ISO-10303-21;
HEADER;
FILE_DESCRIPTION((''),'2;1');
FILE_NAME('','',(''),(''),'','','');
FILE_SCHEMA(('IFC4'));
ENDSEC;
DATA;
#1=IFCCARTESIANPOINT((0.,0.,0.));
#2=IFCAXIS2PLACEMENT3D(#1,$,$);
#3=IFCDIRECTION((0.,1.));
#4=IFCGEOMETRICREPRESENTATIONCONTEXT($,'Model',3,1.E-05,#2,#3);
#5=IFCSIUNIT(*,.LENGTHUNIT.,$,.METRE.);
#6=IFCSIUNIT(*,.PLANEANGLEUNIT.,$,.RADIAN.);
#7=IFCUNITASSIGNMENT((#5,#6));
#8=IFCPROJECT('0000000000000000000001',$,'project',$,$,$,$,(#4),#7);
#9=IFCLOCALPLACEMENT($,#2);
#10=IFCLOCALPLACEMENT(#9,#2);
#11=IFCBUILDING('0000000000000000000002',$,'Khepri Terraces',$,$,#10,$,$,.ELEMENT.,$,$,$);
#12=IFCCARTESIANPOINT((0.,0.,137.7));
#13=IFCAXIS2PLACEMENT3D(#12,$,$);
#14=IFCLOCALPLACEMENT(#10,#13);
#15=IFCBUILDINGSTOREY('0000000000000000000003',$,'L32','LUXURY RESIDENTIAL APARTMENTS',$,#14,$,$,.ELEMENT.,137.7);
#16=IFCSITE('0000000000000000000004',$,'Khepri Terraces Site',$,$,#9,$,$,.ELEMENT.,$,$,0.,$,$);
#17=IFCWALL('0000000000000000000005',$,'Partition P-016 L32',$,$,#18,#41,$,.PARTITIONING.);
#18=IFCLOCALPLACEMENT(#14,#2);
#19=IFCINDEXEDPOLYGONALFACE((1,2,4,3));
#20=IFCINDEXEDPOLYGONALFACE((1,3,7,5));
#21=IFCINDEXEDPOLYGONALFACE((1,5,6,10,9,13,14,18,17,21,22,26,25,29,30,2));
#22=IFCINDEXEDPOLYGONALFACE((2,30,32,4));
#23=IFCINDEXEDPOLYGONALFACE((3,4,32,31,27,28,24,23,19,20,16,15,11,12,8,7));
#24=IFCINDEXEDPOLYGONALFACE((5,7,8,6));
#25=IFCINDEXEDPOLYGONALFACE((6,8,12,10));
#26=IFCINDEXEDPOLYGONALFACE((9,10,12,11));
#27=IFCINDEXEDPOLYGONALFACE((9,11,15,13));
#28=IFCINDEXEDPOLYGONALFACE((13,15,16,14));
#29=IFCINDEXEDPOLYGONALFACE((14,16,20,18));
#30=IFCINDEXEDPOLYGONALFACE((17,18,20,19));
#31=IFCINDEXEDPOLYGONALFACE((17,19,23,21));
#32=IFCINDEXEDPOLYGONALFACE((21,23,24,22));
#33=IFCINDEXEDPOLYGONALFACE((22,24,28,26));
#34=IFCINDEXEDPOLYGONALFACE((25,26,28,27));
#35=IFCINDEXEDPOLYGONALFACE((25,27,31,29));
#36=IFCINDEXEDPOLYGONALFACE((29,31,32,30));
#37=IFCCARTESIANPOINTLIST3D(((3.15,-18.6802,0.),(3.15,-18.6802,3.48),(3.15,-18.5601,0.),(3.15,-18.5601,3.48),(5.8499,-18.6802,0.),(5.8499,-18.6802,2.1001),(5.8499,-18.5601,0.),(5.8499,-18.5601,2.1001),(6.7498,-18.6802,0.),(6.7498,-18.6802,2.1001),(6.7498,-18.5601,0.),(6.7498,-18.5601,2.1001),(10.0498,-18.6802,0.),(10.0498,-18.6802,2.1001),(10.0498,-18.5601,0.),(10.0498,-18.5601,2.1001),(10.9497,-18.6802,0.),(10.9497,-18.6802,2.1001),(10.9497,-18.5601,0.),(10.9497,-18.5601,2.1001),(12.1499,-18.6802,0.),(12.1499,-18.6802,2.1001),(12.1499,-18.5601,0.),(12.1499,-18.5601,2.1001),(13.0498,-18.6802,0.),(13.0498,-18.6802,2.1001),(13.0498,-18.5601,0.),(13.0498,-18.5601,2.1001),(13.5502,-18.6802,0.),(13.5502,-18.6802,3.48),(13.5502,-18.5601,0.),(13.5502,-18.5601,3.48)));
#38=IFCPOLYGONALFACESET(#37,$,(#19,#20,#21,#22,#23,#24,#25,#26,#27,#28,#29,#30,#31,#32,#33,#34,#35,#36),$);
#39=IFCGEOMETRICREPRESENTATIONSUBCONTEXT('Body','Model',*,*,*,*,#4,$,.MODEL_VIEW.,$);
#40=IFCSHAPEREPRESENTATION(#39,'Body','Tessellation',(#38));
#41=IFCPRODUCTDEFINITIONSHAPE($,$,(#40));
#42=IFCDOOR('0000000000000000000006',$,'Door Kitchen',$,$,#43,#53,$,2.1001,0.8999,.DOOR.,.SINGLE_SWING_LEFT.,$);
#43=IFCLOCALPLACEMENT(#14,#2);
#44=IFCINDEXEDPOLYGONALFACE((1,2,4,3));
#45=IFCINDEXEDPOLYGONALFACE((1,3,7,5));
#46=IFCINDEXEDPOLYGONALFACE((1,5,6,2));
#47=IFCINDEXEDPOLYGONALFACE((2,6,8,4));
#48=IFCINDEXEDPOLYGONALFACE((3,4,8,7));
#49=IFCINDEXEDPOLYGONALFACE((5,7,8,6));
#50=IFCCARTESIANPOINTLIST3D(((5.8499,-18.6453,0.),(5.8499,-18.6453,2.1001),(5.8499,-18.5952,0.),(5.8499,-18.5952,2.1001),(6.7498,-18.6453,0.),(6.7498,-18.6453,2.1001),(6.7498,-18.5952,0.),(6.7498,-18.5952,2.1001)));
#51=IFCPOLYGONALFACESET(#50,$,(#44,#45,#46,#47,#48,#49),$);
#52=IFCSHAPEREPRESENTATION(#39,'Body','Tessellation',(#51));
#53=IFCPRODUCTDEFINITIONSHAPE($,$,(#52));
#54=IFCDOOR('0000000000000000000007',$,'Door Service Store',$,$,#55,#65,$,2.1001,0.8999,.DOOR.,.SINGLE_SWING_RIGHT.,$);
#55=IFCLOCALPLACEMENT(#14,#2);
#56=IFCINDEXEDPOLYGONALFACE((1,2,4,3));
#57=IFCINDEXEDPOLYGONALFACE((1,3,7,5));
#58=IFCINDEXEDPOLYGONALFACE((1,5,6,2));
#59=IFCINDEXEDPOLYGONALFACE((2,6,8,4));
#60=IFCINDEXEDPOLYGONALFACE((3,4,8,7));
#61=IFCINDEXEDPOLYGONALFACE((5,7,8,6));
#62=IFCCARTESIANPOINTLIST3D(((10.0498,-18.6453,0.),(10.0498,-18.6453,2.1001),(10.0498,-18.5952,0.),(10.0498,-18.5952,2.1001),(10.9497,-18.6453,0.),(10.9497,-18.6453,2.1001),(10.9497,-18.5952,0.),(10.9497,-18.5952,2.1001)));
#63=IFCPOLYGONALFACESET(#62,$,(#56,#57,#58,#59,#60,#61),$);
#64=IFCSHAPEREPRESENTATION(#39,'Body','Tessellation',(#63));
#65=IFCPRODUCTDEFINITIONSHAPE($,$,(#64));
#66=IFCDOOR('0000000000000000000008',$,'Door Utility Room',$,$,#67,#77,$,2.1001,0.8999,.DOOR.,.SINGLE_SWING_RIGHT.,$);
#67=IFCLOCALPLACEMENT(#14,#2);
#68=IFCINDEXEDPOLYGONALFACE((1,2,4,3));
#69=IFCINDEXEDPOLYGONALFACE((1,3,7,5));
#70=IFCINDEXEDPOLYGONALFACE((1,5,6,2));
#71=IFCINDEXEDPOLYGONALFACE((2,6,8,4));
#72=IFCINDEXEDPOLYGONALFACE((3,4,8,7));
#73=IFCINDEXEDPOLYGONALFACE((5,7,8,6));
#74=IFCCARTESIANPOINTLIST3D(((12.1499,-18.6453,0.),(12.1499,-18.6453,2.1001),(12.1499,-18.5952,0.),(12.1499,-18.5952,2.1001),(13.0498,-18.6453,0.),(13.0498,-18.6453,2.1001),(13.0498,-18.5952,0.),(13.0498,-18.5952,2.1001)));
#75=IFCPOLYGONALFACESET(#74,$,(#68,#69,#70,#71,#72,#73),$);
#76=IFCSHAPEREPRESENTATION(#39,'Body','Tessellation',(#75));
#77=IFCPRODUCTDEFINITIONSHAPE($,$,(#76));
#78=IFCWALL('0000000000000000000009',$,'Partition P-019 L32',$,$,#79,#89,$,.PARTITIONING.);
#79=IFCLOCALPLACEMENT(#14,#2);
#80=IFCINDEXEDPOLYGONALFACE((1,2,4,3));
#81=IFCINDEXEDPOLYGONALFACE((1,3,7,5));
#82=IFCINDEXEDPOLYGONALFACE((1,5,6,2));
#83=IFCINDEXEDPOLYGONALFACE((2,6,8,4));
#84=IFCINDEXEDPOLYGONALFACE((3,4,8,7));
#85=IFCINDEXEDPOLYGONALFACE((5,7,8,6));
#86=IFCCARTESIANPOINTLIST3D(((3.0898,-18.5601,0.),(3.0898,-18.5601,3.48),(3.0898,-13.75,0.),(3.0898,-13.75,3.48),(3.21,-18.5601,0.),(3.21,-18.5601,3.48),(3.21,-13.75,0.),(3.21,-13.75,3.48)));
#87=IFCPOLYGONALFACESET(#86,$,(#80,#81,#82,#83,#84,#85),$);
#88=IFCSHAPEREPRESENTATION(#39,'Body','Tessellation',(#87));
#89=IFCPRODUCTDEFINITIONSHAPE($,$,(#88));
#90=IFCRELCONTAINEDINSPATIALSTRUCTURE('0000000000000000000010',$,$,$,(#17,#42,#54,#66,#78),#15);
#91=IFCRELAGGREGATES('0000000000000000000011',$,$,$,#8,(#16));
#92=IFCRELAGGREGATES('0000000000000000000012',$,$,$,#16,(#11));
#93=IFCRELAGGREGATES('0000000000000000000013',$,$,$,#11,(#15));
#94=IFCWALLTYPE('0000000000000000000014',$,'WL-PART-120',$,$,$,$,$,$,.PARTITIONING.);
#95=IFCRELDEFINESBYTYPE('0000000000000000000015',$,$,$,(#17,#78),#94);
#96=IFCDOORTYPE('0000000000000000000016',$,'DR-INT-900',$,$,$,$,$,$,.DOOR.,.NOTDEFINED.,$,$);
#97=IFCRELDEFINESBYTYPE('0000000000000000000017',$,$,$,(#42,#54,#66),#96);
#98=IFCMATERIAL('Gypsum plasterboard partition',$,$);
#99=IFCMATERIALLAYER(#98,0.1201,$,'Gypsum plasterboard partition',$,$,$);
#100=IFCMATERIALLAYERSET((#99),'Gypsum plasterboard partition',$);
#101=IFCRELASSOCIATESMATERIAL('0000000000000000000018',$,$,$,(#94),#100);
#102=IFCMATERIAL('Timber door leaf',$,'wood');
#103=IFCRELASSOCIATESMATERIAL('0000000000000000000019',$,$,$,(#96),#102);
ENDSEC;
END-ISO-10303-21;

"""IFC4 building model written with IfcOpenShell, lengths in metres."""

from ifc_helpers import new_model, si_unit, direction, frame, frame_2d, origin, place, context, subcontext, project, spatial, rectangle, extrude, material, layer, layer_set, type_object, element, fill, save


model = new_model("IFC4")

# Units and contexts
model_context = context("Model", 3, precision=1e-05, world=origin(), true_north=direction((0.0, 1.0)))
body_context = subcontext(model_context, "Body", "Model", "MODEL_VIEW")
ifc_project = project(units=[si_unit("LENGTHUNIT", "METRE"), si_unit("PLANEANGLEUNIT", "RADIAN")], contexts=[model_context])

# Site, building, storey
site_placement = place(None, origin())
site = spatial("IfcSite", under=ifc_project, at=site_placement, Name="Khepri Terraces Site", CompositionType="ELEMENT", RefElevation=0.0)
building_placement = place(site_placement, origin())
building = spatial("IfcBuilding", under=site, at=building_placement, Name="Khepri Terraces", CompositionType="ELEMENT")
storey_placement = place(building_placement, frame((0.0, 0.0, 137.7)))
storey = spatial("IfcBuildingStorey", under=building, at=storey_placement, Name="L32", Description="LUXURY RESIDENTIAL APARTMENTS", CompositionType="ELEMENT", Elevation=137.7)

# Shared definitions
ifc_material_1 = material(Name="Gypsum plasterboard partition")
ifc_layer_1 = layer(ifc_material_1, 0.1201, Name="Gypsum plasterboard partition")
ifc_layer_set_1 = layer_set([ifc_layer_1], Name="Gypsum plasterboard partition")
wall_type_1 = type_object("IfcWallType", Name="WL-PART-120", PredefinedType="PARTITIONING", material=ifc_layer_set_1)

# Shared definitions
ifc_material_2 = material(Name="Timber door leaf", Category="wood")
door_type_1 = type_object("IfcDoorType", Name="DR-INT-900", OperationType="NOTDEFINED", PredefinedType="DOOR", material=ifc_material_2)

# Wall, openings, doors
wall_1_placement = place(storey_placement, frame((3.1499, -18.6201, 0.0), z_axis=(0.0, 0.0, 1.0), x_axis=(1.0, 0.0, 0.0)))
wall_1 = element("IfcWall", 1, at=wall_1_placement, inside=storey, type_object=wall_type_1, Name="Partition P-016 L32", PredefinedType="PARTITIONING", context=body_context, shape_type="SweptSolid", body=[
    extrude(rectangle(XDim=10.4001, YDim=0.1201, at=frame_2d((5.2002, 0.0))), origin(), (0.0, 0.0, 1.0), 3.48),
])
opening_1_placement = place(wall_1_placement, frame((2.7, 0.0, 0.0)))
opening_1 = element("IfcOpeningElement", 2, at=opening_1_placement, cuts=wall_1, PredefinedType="OPENING", context=body_context, shape_type="SweptSolid", body=[
    extrude(rectangle(XDim=0.8999, YDim=2.1001, at=frame_2d((0.45, 1.05))), frame((0.0, 0.0701, 0.0), z_axis=(0.0, -1.0, 0.0), x_axis=(1.0, 0.0, 0.0)), (0.0, 0.0, 1.0), 0.1401),
])
opening_2_placement = place(wall_1_placement, frame((6.8999, 0.0, 0.0)))
opening_2 = element("IfcOpeningElement", 3, at=opening_2_placement, cuts=wall_1, PredefinedType="OPENING", context=body_context, shape_type="SweptSolid", body=[
    extrude(rectangle(XDim=0.8999, YDim=2.1001, at=frame_2d((0.45, 1.05))), frame((0.0, 0.0701, 0.0), z_axis=(0.0, -1.0, 0.0), x_axis=(1.0, 0.0, 0.0)), (0.0, 0.0, 1.0), 0.1401),
])
opening_3_placement = place(wall_1_placement, frame((9.0, 0.0, 0.0)))
opening_3 = element("IfcOpeningElement", 4, at=opening_3_placement, cuts=wall_1, PredefinedType="OPENING", context=body_context, shape_type="SweptSolid", body=[
    extrude(rectangle(XDim=0.8999, YDim=2.1001, at=frame_2d((0.45, 1.05))), frame((0.0, 0.0701, 0.0), z_axis=(0.0, -1.0, 0.0), x_axis=(1.0, 0.0, 0.0)), (0.0, 0.0, 1.0), 0.1401),
])
door_1_placement = place(opening_1_placement, origin())
door_1 = element("IfcDoor", 5, at=door_1_placement, inside=storey, type_object=door_type_1, Name="Door Kitchen", OperationType="SINGLE_SWING_LEFT", OverallHeight=2.1001, OverallWidth=0.8999, PredefinedType="DOOR", context=body_context, shape_type="SweptSolid", body=[
    extrude(rectangle(XDim=0.8999, YDim=2.1001, at=frame_2d((0.45, 1.05))), frame((0.0, 0.0249, 0.0), z_axis=(0.0, -1.0, 0.0), x_axis=(1.0, 0.0, 0.0)), (0.0, 0.0, 1.0), 0.05),
])
fill(opening_1, door_1)
door_2_placement = place(opening_2_placement, origin())
door_2 = element("IfcDoor", 6, at=door_2_placement, inside=storey, type_object=door_type_1, Name="Door Service Store", OperationType="SINGLE_SWING_RIGHT", OverallHeight=2.1001, OverallWidth=0.8999, PredefinedType="DOOR", context=body_context, shape_type="SweptSolid", body=[
    extrude(rectangle(XDim=0.8999, YDim=2.1001, at=frame_2d((0.45, 1.05))), frame((0.0, 0.0249, 0.0), z_axis=(0.0, -1.0, 0.0), x_axis=(1.0, 0.0, 0.0)), (0.0, 0.0, 1.0), 0.05),
])
fill(opening_2, door_2)
door_3_placement = place(opening_3_placement, origin())
door_3 = element("IfcDoor", 7, at=door_3_placement, inside=storey, type_object=door_type_1, Name="Door Utility Room", OperationType="SINGLE_SWING_RIGHT", OverallHeight=2.1001, OverallWidth=0.8999, PredefinedType="DOOR", context=body_context, shape_type="SweptSolid", body=[
    extrude(rectangle(XDim=0.8999, YDim=2.1001, at=frame_2d((0.45, 1.05))), frame((0.0, 0.0249, 0.0), z_axis=(0.0, -1.0, 0.0), x_axis=(1.0, 0.0, 0.0)), (0.0, 0.0, 1.0), 0.05),
])
fill(opening_3, door_3)

# Wall
wall_2_placement = place(storey_placement, frame((3.1499, -18.5601, 0.0), z_axis=(0.0, 0.0, 1.0), x_axis=(0.0, 1.0, 0.0)))
element("IfcWall", 8, at=wall_2_placement, inside=storey, type_object=wall_type_1, Name="Partition P-019 L32", PredefinedType="PARTITIONING", context=body_context, shape_type="SweptSolid", body=[
    extrude(rectangle(XDim=4.8101, YDim=0.1201, at=frame_2d((2.405, 0.0))), origin(), (0.0, 0.0, 1.0), 3.48),
])

save(model, "model.ifc")
